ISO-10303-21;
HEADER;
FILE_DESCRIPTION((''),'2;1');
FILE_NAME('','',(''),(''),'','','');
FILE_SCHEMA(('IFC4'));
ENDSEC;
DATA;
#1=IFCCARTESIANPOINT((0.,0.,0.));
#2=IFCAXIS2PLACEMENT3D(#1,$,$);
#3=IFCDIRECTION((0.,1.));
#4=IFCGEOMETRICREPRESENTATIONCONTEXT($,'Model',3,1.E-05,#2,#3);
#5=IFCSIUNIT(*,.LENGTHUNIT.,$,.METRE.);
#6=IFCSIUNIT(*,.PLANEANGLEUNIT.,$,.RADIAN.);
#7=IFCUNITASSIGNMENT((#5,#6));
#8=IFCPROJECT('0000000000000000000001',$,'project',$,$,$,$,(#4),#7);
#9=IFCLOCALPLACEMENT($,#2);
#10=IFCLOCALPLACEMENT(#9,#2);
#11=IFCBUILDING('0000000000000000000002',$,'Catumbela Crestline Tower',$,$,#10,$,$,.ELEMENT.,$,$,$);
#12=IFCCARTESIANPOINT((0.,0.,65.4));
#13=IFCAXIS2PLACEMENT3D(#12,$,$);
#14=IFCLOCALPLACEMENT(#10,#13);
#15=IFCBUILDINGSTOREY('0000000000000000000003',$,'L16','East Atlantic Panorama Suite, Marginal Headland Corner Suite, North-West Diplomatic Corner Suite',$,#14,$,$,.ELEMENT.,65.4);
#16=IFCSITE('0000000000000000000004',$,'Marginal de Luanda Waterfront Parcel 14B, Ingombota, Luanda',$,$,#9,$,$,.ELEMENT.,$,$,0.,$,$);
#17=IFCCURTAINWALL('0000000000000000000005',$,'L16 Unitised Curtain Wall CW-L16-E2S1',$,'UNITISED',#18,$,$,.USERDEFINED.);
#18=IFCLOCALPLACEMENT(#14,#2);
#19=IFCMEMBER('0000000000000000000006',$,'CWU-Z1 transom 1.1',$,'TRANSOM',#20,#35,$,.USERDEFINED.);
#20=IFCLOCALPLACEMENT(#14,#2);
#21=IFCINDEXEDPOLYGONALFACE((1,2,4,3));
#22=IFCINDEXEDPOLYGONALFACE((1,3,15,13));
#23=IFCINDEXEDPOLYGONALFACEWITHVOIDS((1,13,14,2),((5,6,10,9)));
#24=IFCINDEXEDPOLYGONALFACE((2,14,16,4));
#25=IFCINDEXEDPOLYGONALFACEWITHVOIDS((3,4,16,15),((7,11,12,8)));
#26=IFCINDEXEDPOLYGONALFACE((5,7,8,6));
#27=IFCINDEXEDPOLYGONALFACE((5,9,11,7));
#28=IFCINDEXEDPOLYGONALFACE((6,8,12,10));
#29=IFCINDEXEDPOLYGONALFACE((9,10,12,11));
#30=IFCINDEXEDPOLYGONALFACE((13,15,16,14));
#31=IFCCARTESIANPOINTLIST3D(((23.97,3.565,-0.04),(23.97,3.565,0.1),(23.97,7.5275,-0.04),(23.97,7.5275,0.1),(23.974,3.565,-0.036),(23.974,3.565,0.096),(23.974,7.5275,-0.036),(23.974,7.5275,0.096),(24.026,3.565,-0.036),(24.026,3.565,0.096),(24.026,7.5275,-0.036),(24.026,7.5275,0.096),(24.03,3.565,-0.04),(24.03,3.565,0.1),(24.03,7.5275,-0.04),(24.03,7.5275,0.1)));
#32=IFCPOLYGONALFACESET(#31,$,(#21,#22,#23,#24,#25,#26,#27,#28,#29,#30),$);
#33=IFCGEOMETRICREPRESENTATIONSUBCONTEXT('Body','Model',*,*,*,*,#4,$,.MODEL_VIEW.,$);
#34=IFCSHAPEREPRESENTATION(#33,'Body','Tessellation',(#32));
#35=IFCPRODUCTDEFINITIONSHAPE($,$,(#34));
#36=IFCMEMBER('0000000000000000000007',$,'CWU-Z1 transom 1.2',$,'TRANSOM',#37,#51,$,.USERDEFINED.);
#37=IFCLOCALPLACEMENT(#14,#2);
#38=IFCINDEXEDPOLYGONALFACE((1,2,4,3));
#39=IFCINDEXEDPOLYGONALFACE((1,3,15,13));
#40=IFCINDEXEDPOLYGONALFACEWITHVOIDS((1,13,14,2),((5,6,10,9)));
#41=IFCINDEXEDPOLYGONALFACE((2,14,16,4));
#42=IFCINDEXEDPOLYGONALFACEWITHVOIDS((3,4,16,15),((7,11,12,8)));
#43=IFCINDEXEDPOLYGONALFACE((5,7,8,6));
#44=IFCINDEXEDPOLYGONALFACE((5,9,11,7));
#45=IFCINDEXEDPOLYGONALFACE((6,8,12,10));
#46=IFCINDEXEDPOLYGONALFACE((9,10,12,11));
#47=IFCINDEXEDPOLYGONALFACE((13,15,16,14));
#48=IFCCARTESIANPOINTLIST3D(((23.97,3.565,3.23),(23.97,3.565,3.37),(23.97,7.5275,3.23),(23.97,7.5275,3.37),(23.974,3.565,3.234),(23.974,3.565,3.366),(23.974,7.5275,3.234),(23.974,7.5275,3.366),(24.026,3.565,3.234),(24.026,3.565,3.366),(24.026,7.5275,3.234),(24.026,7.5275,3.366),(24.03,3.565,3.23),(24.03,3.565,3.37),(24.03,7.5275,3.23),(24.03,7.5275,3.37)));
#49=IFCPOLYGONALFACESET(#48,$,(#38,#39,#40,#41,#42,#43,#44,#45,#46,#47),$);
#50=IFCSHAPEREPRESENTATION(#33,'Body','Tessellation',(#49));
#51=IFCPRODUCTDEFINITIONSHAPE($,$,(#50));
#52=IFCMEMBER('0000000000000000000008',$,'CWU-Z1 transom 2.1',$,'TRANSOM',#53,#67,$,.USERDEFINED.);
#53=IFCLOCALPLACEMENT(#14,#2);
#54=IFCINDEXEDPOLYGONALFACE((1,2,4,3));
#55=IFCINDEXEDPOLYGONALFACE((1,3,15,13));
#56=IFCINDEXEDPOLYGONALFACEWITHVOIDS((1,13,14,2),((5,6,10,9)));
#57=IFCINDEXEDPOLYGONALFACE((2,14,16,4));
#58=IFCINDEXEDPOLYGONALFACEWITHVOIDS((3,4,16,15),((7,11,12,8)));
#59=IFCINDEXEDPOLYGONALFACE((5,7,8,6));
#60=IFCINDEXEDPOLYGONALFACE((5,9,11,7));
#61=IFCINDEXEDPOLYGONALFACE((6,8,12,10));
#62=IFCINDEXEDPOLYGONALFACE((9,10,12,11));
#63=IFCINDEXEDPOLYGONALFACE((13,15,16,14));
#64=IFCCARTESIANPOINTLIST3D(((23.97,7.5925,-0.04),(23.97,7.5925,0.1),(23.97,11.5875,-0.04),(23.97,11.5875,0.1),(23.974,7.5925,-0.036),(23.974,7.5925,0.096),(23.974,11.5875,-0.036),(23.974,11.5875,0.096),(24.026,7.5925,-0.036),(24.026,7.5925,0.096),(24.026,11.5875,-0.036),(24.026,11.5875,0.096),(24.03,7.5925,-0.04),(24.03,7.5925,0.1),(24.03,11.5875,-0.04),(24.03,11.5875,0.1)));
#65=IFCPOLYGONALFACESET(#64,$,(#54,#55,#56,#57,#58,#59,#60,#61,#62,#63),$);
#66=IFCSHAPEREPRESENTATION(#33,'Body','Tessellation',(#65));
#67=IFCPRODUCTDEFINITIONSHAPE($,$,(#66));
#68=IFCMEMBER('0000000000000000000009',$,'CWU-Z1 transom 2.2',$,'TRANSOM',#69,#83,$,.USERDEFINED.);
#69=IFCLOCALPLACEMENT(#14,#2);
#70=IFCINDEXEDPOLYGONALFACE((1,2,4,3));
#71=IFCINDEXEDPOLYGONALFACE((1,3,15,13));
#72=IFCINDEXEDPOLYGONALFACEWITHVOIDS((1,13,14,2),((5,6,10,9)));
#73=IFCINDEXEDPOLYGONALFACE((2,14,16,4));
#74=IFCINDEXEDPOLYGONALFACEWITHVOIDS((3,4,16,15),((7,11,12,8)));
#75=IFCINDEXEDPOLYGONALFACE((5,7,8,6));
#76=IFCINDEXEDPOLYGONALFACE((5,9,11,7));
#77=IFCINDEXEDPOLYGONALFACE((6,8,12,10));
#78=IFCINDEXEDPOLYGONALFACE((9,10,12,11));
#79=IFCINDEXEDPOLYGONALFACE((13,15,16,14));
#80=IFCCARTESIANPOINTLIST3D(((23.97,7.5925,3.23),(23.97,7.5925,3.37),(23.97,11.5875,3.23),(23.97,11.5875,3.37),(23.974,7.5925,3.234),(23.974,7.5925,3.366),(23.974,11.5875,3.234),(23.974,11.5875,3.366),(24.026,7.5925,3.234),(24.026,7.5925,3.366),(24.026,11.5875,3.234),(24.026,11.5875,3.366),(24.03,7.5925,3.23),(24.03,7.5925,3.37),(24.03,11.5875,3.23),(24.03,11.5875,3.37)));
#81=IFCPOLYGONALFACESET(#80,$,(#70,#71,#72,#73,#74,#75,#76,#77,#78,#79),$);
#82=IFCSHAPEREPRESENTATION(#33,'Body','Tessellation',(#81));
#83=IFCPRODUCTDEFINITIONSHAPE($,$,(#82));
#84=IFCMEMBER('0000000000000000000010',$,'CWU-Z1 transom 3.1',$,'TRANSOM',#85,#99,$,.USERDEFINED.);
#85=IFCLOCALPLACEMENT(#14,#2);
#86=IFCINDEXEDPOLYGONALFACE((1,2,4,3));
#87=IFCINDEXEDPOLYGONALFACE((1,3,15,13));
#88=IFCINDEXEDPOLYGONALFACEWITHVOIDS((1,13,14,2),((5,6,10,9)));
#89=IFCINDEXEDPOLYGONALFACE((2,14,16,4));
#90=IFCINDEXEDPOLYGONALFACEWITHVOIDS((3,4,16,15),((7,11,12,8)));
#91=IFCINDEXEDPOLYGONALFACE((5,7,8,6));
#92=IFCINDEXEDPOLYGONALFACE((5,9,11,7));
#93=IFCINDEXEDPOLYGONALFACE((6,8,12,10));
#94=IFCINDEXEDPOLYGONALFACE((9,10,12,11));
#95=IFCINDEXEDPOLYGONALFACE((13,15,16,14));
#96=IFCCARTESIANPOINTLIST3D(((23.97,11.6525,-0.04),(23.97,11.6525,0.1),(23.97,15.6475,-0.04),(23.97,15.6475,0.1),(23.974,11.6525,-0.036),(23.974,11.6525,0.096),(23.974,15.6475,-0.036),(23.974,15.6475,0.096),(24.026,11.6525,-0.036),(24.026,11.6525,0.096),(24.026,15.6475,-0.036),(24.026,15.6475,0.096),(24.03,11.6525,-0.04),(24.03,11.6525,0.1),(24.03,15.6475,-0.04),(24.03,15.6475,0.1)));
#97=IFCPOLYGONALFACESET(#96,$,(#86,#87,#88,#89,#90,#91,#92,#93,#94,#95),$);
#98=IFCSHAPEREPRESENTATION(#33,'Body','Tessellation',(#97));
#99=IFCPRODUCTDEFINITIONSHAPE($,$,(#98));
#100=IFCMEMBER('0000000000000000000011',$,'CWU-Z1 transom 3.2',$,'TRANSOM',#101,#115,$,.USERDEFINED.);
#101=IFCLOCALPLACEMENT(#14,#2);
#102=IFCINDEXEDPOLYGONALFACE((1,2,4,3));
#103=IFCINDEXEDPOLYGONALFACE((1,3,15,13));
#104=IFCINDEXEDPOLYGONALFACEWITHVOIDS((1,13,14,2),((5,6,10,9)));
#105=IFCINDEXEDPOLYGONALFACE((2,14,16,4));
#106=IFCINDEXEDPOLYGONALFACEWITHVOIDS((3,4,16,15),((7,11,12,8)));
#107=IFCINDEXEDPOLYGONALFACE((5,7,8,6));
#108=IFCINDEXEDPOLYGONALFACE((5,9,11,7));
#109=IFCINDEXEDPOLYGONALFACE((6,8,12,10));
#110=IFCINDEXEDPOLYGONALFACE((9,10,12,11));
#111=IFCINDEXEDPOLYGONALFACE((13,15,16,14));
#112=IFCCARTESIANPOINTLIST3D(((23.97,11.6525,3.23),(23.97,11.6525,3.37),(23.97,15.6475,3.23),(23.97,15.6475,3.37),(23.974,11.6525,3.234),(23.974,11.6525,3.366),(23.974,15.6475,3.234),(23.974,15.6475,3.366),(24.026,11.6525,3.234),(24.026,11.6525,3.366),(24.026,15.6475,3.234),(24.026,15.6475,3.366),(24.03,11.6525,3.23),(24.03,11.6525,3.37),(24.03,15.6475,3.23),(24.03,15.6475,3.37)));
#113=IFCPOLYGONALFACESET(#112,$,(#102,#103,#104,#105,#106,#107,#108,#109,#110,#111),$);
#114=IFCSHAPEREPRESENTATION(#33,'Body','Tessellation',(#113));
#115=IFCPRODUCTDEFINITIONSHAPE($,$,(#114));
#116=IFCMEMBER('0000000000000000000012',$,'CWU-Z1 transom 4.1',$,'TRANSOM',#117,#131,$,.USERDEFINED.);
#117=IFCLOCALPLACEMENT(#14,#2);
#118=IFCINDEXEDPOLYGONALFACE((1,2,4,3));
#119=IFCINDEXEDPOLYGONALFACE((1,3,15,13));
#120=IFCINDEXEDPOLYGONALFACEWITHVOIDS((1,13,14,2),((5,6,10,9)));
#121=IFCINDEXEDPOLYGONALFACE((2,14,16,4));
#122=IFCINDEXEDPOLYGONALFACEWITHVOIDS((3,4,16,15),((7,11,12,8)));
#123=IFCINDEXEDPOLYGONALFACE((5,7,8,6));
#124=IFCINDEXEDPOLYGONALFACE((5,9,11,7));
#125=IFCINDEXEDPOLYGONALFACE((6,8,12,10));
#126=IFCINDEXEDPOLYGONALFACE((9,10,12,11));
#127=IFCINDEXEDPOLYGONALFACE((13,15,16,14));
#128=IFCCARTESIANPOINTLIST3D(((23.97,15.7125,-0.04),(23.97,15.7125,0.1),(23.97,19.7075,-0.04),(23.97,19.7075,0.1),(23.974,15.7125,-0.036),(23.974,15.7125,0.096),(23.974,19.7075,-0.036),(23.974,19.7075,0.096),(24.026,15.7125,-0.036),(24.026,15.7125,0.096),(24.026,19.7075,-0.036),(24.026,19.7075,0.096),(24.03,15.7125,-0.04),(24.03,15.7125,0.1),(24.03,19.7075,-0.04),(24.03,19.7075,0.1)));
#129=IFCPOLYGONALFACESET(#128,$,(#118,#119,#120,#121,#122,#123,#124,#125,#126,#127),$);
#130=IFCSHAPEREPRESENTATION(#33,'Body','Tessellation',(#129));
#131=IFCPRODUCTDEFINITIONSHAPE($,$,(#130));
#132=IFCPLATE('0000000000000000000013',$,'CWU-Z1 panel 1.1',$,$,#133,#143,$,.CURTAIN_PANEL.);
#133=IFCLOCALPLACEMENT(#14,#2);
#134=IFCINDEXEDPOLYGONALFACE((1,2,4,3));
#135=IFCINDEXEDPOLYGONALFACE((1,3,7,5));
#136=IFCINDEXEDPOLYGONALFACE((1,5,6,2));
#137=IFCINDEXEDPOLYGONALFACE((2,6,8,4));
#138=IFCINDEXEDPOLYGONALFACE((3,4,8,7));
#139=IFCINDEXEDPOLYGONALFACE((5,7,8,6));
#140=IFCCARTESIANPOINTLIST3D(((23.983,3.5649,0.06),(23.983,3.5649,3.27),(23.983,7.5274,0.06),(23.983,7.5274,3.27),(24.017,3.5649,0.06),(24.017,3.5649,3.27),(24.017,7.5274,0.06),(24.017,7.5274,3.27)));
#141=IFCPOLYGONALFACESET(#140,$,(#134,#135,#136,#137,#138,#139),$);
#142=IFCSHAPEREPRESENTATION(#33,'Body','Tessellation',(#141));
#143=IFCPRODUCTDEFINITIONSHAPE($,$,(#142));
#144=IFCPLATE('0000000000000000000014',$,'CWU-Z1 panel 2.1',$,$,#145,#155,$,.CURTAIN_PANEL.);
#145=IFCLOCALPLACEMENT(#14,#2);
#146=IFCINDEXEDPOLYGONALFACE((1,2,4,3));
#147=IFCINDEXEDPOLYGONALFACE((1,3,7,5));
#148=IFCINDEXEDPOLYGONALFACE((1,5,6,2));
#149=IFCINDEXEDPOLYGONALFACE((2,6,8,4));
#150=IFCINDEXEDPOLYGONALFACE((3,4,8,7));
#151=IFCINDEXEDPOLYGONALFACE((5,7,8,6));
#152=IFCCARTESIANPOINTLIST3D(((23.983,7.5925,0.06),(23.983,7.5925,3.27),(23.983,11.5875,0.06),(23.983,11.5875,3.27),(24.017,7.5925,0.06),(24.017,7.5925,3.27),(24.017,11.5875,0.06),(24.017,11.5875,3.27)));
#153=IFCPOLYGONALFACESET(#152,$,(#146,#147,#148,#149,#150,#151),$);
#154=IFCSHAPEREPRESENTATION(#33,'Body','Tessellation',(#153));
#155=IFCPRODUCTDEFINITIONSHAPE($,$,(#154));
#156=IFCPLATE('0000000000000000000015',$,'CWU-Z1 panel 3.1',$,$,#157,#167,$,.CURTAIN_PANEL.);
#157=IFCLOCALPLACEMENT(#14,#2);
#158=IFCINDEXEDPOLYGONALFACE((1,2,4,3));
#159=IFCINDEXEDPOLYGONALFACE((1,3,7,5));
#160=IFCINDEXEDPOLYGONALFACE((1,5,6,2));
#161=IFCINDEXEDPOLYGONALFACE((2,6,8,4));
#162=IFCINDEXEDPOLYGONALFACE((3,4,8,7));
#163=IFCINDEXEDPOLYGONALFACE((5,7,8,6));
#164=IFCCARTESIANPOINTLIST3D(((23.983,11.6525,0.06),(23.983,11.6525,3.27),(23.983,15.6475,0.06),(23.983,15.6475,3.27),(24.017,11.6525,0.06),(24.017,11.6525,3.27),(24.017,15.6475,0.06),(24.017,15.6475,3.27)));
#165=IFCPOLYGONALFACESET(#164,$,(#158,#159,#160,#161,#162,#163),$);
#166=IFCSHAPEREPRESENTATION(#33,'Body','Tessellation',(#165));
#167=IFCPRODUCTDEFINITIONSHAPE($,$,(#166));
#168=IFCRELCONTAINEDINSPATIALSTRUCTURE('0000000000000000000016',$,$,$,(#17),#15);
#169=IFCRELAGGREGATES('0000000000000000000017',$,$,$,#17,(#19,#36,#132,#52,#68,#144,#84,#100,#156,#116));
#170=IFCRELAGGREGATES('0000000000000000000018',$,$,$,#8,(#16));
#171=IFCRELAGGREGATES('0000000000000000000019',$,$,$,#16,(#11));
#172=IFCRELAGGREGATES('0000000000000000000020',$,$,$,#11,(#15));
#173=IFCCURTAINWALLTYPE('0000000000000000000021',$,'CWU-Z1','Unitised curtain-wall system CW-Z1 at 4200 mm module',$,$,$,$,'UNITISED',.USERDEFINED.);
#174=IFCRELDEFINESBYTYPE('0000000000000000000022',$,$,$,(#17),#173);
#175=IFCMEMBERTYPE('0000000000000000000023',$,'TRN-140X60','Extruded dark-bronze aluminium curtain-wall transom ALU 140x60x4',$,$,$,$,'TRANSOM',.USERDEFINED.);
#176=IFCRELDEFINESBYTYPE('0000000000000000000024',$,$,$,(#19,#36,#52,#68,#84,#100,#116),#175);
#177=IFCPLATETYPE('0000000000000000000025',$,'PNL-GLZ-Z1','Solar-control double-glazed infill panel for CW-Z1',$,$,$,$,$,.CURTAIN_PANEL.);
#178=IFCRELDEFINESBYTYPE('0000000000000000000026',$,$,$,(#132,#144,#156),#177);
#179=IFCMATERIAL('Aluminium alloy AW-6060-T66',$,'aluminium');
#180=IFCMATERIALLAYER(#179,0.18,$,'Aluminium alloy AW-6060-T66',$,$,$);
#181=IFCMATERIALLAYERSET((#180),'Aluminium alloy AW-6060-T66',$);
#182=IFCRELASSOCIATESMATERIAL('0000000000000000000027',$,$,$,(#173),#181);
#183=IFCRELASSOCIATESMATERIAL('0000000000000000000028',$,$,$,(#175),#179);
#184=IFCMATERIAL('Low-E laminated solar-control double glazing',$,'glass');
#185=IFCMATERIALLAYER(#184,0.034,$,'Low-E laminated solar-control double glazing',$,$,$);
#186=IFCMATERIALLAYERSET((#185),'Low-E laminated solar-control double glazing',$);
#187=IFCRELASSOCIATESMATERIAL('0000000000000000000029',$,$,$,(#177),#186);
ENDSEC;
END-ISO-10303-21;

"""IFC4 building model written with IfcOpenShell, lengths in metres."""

from ifc_helpers import new_model, si_unit, direction, frame, origin, origin_2d, place, context, subcontext, project, spatial, rectangle, hollow_rectangle, extrude, material, layer, layer_set, material_profile, profile_set, type_object, element, aggregate, save


model = new_model("IFC4")

# Units and contexts
model_context = context("Model", 3, precision=1e-05, world=origin(), true_north=direction((0.0, 1.0)))
body_context = subcontext(model_context, "Body", "Model", "MODEL_VIEW")
ifc_project = project(units=[si_unit("LENGTHUNIT", "METRE"), si_unit("PLANEANGLEUNIT", "RADIAN")], contexts=[model_context])

# Site, building, storey
site_placement = place(None, origin())
site = spatial("IfcSite", under=ifc_project, at=site_placement, Name="Marginal de Luanda Waterfront Parcel 14B, Ingombota, Luanda", CompositionType="ELEMENT", RefElevation=0.0)
building_placement = place(site_placement, origin())
building = spatial("IfcBuilding", under=site, at=building_placement, Name="Catumbela Crestline Tower", CompositionType="ELEMENT")
storey_placement = place(building_placement, frame((0.0, 0.0, 65.4)))
storey = spatial("IfcBuildingStorey", under=building, at=storey_placement, Name="L16", Description="East Atlantic Panorama Suite, Marginal Headland Corner Suite, North-West Diplomatic Corner Suite", CompositionType="ELEMENT", Elevation=65.4)

# Shared definitions
ifc_material_1 = material(Name="Aluminium alloy AW-6060-T66", Category="aluminium")
ifc_layer_1 = layer(ifc_material_1, 0.18, Name="Aluminium alloy AW-6060-T66")
ifc_layer_set_1 = layer_set([ifc_layer_1], Name="Aluminium alloy AW-6060-T66")
curtain_wall_type = type_object("IfcCurtainWallType", Name="CWU-Z1", Description="Unitised curtain-wall system CW-Z1 at 4200 mm module", ElementType="UNITISED", PredefinedType="USERDEFINED", material=ifc_layer_set_1)

# Curtain wall
curtain_wall_1_placement = place(storey_placement, origin())
curtain_wall_1 = element("IfcCurtainWall", 1, at=curtain_wall_1_placement, inside=storey, type_object=curtain_wall_type, Name="L16 Unitised Curtain Wall CW-L16-E2S1", ObjectType="UNITISED", PredefinedType="USERDEFINED")

# Members
ifc_material_profile_1 = material_profile(ifc_material_1, hollow_rectangle(XDim=0.06, YDim=0.14, WallThickness=0.004, at=origin_2d()), Name="ALU 140x60x4")
ifc_profile_set_1 = profile_set([ifc_material_profile_1], Name="Aluminium alloy AW-6060-T66")
member_type_1 = type_object("IfcMemberType", Name="TRN-140X60", Description="Extruded dark-bronze aluminium curtain-wall transom ALU 140x60x4", ElementType="TRANSOM", PredefinedType="USERDEFINED", material=ifc_profile_set_1)
member_1_placement = place(storey_placement, frame((24.0, 3.565, 0.03), z_axis=(0.0, 1.0, 0.0), x_axis=(-1.0, 0.0, 0.0)))
member_1 = element("IfcMember", 2, at=member_1_placement, type_object=member_type_1, Name="CWU-Z1 transom 1.1", ObjectType="TRANSOM", PredefinedType="USERDEFINED", context=body_context, shape_type="SweptSolid", body=[
    extrude(hollow_rectangle(XDim=0.06, YDim=0.14, WallThickness=0.004, at=origin_2d()), origin(), (0.0, 0.0, 1.0), 3.9625),
])
member_2_placement = place(storey_placement, frame((24.0, 3.565, 3.3), z_axis=(0.0, 1.0, 0.0), x_axis=(-1.0, 0.0, 0.0)))
member_2 = element("IfcMember", 3, at=member_2_placement, type_object=member_type_1, Name="CWU-Z1 transom 1.2", ObjectType="TRANSOM", PredefinedType="USERDEFINED", context=body_context, shape_type="SweptSolid", body=[
    extrude(hollow_rectangle(XDim=0.06, YDim=0.14, WallThickness=0.004, at=origin_2d()), origin(), (0.0, 0.0, 1.0), 3.9625),
])
member_3_placement = place(storey_placement, frame((24.0, 7.5925, 0.03), z_axis=(0.0, 1.0, 0.0), x_axis=(-1.0, 0.0, 0.0)))
member_3 = element("IfcMember", 4, at=member_3_placement, type_object=member_type_1, Name="CWU-Z1 transom 2.1", ObjectType="TRANSOM", PredefinedType="USERDEFINED", context=body_context, shape_type="SweptSolid", body=[
    extrude(hollow_rectangle(XDim=0.06, YDim=0.14, WallThickness=0.004, at=origin_2d()), origin(), (0.0, 0.0, 1.0), 3.995),
])
member_4_placement = place(storey_placement, frame((24.0, 7.5925, 3.3), z_axis=(0.0, 1.0, 0.0), x_axis=(-1.0, 0.0, 0.0)))
member_4 = element("IfcMember", 5, at=member_4_placement, type_object=member_type_1, Name="CWU-Z1 transom 2.2", ObjectType="TRANSOM", PredefinedType="USERDEFINED", context=body_context, shape_type="SweptSolid", body=[
    extrude(hollow_rectangle(XDim=0.06, YDim=0.14, WallThickness=0.004, at=origin_2d()), origin(), (0.0, 0.0, 1.0), 3.995),
])
member_5_placement = place(storey_placement, frame((24.0, 11.6525, 0.03), z_axis=(0.0, 1.0, 0.0), x_axis=(-1.0, 0.0, 0.0)))
member_5 = element("IfcMember", 6, at=member_5_placement, type_object=member_type_1, Name="CWU-Z1 transom 3.1", ObjectType="TRANSOM", PredefinedType="USERDEFINED", context=body_context, shape_type="SweptSolid", body=[
    extrude(hollow_rectangle(XDim=0.06, YDim=0.14, WallThickness=0.004, at=origin_2d()), origin(), (0.0, 0.0, 1.0), 3.995),
])
member_6_placement = place(storey_placement, frame((24.0, 11.6525, 3.3), z_axis=(0.0, 1.0, 0.0), x_axis=(-1.0, 0.0, 0.0)))
member_6 = element("IfcMember", 7, at=member_6_placement, type_object=member_type_1, Name="CWU-Z1 transom 3.2", ObjectType="TRANSOM", PredefinedType="USERDEFINED", context=body_context, shape_type="SweptSolid", body=[
    extrude(hollow_rectangle(XDim=0.06, YDim=0.14, WallThickness=0.004, at=origin_2d()), origin(), (0.0, 0.0, 1.0), 3.995),
])
member_7_placement = place(storey_placement, frame((24.0, 15.7125, 0.03), z_axis=(0.0, 1.0, 0.0), x_axis=(-1.0, 0.0, 0.0)))
member_7 = element("IfcMember", 8, at=member_7_placement, type_object=member_type_1, Name="CWU-Z1 transom 4.1", ObjectType="TRANSOM", PredefinedType="USERDEFINED", context=body_context, shape_type="SweptSolid", body=[
    extrude(hollow_rectangle(XDim=0.06, YDim=0.14, WallThickness=0.004, at=origin_2d()), origin(), (0.0, 0.0, 1.0), 3.995),
])

# Plates
ifc_material_2 = material(Name="Low-E laminated solar-control double glazing", Category="glass")
ifc_layer_2 = layer(ifc_material_2, 0.034, Name="Low-E laminated solar-control double glazing")
ifc_layer_set_2 = layer_set([ifc_layer_2], Name="Low-E laminated solar-control double glazing")
plate_type = type_object("IfcPlateType", Name="PNL-GLZ-Z1", Description="Solar-control double-glazed infill panel for CW-Z1", PredefinedType="CURTAIN_PANEL", material=ifc_layer_set_2)
plate_1_placement = place(storey_placement, frame((24.0, 5.5462, 0.06), z_axis=(0.0, 0.0, 1.0), x_axis=(0.0, 1.0, 0.0)))
plate_1 = element("IfcPlate", 9, at=plate_1_placement, type_object=plate_type, Name="CWU-Z1 panel 1.1", PredefinedType="CURTAIN_PANEL", context=body_context, shape_type="SweptSolid", body=[
    extrude(rectangle(XDim=3.9625, YDim=0.034, at=origin_2d()), origin(), (0.0, 0.0, 1.0), 3.21),
])
plate_2_placement = place(storey_placement, frame((24.0, 9.59, 0.06), z_axis=(0.0, 0.0, 1.0), x_axis=(0.0, 1.0, 0.0)))
plate_2 = element("IfcPlate", 10, at=plate_2_placement, type_object=plate_type, Name="CWU-Z1 panel 2.1", PredefinedType="CURTAIN_PANEL", context=body_context, shape_type="SweptSolid", body=[
    extrude(rectangle(XDim=3.995, YDim=0.034, at=origin_2d()), origin(), (0.0, 0.0, 1.0), 3.21),
])
plate_3_placement = place(storey_placement, frame((24.0, 13.65, 0.06), z_axis=(0.0, 0.0, 1.0), x_axis=(0.0, 1.0, 0.0)))
plate_3 = element("IfcPlate", 11, at=plate_3_placement, type_object=plate_type, Name="CWU-Z1 panel 3.1", PredefinedType="CURTAIN_PANEL", context=body_context, shape_type="SweptSolid", body=[
    extrude(rectangle(XDim=3.995, YDim=0.034, at=origin_2d()), origin(), (0.0, 0.0, 1.0), 3.21),
])
aggregate(curtain_wall_1, [member_1, member_2, plate_1, member_3, member_4, plate_2, member_5, member_6, plate_3, member_7])

save(model, "model.ifc")
